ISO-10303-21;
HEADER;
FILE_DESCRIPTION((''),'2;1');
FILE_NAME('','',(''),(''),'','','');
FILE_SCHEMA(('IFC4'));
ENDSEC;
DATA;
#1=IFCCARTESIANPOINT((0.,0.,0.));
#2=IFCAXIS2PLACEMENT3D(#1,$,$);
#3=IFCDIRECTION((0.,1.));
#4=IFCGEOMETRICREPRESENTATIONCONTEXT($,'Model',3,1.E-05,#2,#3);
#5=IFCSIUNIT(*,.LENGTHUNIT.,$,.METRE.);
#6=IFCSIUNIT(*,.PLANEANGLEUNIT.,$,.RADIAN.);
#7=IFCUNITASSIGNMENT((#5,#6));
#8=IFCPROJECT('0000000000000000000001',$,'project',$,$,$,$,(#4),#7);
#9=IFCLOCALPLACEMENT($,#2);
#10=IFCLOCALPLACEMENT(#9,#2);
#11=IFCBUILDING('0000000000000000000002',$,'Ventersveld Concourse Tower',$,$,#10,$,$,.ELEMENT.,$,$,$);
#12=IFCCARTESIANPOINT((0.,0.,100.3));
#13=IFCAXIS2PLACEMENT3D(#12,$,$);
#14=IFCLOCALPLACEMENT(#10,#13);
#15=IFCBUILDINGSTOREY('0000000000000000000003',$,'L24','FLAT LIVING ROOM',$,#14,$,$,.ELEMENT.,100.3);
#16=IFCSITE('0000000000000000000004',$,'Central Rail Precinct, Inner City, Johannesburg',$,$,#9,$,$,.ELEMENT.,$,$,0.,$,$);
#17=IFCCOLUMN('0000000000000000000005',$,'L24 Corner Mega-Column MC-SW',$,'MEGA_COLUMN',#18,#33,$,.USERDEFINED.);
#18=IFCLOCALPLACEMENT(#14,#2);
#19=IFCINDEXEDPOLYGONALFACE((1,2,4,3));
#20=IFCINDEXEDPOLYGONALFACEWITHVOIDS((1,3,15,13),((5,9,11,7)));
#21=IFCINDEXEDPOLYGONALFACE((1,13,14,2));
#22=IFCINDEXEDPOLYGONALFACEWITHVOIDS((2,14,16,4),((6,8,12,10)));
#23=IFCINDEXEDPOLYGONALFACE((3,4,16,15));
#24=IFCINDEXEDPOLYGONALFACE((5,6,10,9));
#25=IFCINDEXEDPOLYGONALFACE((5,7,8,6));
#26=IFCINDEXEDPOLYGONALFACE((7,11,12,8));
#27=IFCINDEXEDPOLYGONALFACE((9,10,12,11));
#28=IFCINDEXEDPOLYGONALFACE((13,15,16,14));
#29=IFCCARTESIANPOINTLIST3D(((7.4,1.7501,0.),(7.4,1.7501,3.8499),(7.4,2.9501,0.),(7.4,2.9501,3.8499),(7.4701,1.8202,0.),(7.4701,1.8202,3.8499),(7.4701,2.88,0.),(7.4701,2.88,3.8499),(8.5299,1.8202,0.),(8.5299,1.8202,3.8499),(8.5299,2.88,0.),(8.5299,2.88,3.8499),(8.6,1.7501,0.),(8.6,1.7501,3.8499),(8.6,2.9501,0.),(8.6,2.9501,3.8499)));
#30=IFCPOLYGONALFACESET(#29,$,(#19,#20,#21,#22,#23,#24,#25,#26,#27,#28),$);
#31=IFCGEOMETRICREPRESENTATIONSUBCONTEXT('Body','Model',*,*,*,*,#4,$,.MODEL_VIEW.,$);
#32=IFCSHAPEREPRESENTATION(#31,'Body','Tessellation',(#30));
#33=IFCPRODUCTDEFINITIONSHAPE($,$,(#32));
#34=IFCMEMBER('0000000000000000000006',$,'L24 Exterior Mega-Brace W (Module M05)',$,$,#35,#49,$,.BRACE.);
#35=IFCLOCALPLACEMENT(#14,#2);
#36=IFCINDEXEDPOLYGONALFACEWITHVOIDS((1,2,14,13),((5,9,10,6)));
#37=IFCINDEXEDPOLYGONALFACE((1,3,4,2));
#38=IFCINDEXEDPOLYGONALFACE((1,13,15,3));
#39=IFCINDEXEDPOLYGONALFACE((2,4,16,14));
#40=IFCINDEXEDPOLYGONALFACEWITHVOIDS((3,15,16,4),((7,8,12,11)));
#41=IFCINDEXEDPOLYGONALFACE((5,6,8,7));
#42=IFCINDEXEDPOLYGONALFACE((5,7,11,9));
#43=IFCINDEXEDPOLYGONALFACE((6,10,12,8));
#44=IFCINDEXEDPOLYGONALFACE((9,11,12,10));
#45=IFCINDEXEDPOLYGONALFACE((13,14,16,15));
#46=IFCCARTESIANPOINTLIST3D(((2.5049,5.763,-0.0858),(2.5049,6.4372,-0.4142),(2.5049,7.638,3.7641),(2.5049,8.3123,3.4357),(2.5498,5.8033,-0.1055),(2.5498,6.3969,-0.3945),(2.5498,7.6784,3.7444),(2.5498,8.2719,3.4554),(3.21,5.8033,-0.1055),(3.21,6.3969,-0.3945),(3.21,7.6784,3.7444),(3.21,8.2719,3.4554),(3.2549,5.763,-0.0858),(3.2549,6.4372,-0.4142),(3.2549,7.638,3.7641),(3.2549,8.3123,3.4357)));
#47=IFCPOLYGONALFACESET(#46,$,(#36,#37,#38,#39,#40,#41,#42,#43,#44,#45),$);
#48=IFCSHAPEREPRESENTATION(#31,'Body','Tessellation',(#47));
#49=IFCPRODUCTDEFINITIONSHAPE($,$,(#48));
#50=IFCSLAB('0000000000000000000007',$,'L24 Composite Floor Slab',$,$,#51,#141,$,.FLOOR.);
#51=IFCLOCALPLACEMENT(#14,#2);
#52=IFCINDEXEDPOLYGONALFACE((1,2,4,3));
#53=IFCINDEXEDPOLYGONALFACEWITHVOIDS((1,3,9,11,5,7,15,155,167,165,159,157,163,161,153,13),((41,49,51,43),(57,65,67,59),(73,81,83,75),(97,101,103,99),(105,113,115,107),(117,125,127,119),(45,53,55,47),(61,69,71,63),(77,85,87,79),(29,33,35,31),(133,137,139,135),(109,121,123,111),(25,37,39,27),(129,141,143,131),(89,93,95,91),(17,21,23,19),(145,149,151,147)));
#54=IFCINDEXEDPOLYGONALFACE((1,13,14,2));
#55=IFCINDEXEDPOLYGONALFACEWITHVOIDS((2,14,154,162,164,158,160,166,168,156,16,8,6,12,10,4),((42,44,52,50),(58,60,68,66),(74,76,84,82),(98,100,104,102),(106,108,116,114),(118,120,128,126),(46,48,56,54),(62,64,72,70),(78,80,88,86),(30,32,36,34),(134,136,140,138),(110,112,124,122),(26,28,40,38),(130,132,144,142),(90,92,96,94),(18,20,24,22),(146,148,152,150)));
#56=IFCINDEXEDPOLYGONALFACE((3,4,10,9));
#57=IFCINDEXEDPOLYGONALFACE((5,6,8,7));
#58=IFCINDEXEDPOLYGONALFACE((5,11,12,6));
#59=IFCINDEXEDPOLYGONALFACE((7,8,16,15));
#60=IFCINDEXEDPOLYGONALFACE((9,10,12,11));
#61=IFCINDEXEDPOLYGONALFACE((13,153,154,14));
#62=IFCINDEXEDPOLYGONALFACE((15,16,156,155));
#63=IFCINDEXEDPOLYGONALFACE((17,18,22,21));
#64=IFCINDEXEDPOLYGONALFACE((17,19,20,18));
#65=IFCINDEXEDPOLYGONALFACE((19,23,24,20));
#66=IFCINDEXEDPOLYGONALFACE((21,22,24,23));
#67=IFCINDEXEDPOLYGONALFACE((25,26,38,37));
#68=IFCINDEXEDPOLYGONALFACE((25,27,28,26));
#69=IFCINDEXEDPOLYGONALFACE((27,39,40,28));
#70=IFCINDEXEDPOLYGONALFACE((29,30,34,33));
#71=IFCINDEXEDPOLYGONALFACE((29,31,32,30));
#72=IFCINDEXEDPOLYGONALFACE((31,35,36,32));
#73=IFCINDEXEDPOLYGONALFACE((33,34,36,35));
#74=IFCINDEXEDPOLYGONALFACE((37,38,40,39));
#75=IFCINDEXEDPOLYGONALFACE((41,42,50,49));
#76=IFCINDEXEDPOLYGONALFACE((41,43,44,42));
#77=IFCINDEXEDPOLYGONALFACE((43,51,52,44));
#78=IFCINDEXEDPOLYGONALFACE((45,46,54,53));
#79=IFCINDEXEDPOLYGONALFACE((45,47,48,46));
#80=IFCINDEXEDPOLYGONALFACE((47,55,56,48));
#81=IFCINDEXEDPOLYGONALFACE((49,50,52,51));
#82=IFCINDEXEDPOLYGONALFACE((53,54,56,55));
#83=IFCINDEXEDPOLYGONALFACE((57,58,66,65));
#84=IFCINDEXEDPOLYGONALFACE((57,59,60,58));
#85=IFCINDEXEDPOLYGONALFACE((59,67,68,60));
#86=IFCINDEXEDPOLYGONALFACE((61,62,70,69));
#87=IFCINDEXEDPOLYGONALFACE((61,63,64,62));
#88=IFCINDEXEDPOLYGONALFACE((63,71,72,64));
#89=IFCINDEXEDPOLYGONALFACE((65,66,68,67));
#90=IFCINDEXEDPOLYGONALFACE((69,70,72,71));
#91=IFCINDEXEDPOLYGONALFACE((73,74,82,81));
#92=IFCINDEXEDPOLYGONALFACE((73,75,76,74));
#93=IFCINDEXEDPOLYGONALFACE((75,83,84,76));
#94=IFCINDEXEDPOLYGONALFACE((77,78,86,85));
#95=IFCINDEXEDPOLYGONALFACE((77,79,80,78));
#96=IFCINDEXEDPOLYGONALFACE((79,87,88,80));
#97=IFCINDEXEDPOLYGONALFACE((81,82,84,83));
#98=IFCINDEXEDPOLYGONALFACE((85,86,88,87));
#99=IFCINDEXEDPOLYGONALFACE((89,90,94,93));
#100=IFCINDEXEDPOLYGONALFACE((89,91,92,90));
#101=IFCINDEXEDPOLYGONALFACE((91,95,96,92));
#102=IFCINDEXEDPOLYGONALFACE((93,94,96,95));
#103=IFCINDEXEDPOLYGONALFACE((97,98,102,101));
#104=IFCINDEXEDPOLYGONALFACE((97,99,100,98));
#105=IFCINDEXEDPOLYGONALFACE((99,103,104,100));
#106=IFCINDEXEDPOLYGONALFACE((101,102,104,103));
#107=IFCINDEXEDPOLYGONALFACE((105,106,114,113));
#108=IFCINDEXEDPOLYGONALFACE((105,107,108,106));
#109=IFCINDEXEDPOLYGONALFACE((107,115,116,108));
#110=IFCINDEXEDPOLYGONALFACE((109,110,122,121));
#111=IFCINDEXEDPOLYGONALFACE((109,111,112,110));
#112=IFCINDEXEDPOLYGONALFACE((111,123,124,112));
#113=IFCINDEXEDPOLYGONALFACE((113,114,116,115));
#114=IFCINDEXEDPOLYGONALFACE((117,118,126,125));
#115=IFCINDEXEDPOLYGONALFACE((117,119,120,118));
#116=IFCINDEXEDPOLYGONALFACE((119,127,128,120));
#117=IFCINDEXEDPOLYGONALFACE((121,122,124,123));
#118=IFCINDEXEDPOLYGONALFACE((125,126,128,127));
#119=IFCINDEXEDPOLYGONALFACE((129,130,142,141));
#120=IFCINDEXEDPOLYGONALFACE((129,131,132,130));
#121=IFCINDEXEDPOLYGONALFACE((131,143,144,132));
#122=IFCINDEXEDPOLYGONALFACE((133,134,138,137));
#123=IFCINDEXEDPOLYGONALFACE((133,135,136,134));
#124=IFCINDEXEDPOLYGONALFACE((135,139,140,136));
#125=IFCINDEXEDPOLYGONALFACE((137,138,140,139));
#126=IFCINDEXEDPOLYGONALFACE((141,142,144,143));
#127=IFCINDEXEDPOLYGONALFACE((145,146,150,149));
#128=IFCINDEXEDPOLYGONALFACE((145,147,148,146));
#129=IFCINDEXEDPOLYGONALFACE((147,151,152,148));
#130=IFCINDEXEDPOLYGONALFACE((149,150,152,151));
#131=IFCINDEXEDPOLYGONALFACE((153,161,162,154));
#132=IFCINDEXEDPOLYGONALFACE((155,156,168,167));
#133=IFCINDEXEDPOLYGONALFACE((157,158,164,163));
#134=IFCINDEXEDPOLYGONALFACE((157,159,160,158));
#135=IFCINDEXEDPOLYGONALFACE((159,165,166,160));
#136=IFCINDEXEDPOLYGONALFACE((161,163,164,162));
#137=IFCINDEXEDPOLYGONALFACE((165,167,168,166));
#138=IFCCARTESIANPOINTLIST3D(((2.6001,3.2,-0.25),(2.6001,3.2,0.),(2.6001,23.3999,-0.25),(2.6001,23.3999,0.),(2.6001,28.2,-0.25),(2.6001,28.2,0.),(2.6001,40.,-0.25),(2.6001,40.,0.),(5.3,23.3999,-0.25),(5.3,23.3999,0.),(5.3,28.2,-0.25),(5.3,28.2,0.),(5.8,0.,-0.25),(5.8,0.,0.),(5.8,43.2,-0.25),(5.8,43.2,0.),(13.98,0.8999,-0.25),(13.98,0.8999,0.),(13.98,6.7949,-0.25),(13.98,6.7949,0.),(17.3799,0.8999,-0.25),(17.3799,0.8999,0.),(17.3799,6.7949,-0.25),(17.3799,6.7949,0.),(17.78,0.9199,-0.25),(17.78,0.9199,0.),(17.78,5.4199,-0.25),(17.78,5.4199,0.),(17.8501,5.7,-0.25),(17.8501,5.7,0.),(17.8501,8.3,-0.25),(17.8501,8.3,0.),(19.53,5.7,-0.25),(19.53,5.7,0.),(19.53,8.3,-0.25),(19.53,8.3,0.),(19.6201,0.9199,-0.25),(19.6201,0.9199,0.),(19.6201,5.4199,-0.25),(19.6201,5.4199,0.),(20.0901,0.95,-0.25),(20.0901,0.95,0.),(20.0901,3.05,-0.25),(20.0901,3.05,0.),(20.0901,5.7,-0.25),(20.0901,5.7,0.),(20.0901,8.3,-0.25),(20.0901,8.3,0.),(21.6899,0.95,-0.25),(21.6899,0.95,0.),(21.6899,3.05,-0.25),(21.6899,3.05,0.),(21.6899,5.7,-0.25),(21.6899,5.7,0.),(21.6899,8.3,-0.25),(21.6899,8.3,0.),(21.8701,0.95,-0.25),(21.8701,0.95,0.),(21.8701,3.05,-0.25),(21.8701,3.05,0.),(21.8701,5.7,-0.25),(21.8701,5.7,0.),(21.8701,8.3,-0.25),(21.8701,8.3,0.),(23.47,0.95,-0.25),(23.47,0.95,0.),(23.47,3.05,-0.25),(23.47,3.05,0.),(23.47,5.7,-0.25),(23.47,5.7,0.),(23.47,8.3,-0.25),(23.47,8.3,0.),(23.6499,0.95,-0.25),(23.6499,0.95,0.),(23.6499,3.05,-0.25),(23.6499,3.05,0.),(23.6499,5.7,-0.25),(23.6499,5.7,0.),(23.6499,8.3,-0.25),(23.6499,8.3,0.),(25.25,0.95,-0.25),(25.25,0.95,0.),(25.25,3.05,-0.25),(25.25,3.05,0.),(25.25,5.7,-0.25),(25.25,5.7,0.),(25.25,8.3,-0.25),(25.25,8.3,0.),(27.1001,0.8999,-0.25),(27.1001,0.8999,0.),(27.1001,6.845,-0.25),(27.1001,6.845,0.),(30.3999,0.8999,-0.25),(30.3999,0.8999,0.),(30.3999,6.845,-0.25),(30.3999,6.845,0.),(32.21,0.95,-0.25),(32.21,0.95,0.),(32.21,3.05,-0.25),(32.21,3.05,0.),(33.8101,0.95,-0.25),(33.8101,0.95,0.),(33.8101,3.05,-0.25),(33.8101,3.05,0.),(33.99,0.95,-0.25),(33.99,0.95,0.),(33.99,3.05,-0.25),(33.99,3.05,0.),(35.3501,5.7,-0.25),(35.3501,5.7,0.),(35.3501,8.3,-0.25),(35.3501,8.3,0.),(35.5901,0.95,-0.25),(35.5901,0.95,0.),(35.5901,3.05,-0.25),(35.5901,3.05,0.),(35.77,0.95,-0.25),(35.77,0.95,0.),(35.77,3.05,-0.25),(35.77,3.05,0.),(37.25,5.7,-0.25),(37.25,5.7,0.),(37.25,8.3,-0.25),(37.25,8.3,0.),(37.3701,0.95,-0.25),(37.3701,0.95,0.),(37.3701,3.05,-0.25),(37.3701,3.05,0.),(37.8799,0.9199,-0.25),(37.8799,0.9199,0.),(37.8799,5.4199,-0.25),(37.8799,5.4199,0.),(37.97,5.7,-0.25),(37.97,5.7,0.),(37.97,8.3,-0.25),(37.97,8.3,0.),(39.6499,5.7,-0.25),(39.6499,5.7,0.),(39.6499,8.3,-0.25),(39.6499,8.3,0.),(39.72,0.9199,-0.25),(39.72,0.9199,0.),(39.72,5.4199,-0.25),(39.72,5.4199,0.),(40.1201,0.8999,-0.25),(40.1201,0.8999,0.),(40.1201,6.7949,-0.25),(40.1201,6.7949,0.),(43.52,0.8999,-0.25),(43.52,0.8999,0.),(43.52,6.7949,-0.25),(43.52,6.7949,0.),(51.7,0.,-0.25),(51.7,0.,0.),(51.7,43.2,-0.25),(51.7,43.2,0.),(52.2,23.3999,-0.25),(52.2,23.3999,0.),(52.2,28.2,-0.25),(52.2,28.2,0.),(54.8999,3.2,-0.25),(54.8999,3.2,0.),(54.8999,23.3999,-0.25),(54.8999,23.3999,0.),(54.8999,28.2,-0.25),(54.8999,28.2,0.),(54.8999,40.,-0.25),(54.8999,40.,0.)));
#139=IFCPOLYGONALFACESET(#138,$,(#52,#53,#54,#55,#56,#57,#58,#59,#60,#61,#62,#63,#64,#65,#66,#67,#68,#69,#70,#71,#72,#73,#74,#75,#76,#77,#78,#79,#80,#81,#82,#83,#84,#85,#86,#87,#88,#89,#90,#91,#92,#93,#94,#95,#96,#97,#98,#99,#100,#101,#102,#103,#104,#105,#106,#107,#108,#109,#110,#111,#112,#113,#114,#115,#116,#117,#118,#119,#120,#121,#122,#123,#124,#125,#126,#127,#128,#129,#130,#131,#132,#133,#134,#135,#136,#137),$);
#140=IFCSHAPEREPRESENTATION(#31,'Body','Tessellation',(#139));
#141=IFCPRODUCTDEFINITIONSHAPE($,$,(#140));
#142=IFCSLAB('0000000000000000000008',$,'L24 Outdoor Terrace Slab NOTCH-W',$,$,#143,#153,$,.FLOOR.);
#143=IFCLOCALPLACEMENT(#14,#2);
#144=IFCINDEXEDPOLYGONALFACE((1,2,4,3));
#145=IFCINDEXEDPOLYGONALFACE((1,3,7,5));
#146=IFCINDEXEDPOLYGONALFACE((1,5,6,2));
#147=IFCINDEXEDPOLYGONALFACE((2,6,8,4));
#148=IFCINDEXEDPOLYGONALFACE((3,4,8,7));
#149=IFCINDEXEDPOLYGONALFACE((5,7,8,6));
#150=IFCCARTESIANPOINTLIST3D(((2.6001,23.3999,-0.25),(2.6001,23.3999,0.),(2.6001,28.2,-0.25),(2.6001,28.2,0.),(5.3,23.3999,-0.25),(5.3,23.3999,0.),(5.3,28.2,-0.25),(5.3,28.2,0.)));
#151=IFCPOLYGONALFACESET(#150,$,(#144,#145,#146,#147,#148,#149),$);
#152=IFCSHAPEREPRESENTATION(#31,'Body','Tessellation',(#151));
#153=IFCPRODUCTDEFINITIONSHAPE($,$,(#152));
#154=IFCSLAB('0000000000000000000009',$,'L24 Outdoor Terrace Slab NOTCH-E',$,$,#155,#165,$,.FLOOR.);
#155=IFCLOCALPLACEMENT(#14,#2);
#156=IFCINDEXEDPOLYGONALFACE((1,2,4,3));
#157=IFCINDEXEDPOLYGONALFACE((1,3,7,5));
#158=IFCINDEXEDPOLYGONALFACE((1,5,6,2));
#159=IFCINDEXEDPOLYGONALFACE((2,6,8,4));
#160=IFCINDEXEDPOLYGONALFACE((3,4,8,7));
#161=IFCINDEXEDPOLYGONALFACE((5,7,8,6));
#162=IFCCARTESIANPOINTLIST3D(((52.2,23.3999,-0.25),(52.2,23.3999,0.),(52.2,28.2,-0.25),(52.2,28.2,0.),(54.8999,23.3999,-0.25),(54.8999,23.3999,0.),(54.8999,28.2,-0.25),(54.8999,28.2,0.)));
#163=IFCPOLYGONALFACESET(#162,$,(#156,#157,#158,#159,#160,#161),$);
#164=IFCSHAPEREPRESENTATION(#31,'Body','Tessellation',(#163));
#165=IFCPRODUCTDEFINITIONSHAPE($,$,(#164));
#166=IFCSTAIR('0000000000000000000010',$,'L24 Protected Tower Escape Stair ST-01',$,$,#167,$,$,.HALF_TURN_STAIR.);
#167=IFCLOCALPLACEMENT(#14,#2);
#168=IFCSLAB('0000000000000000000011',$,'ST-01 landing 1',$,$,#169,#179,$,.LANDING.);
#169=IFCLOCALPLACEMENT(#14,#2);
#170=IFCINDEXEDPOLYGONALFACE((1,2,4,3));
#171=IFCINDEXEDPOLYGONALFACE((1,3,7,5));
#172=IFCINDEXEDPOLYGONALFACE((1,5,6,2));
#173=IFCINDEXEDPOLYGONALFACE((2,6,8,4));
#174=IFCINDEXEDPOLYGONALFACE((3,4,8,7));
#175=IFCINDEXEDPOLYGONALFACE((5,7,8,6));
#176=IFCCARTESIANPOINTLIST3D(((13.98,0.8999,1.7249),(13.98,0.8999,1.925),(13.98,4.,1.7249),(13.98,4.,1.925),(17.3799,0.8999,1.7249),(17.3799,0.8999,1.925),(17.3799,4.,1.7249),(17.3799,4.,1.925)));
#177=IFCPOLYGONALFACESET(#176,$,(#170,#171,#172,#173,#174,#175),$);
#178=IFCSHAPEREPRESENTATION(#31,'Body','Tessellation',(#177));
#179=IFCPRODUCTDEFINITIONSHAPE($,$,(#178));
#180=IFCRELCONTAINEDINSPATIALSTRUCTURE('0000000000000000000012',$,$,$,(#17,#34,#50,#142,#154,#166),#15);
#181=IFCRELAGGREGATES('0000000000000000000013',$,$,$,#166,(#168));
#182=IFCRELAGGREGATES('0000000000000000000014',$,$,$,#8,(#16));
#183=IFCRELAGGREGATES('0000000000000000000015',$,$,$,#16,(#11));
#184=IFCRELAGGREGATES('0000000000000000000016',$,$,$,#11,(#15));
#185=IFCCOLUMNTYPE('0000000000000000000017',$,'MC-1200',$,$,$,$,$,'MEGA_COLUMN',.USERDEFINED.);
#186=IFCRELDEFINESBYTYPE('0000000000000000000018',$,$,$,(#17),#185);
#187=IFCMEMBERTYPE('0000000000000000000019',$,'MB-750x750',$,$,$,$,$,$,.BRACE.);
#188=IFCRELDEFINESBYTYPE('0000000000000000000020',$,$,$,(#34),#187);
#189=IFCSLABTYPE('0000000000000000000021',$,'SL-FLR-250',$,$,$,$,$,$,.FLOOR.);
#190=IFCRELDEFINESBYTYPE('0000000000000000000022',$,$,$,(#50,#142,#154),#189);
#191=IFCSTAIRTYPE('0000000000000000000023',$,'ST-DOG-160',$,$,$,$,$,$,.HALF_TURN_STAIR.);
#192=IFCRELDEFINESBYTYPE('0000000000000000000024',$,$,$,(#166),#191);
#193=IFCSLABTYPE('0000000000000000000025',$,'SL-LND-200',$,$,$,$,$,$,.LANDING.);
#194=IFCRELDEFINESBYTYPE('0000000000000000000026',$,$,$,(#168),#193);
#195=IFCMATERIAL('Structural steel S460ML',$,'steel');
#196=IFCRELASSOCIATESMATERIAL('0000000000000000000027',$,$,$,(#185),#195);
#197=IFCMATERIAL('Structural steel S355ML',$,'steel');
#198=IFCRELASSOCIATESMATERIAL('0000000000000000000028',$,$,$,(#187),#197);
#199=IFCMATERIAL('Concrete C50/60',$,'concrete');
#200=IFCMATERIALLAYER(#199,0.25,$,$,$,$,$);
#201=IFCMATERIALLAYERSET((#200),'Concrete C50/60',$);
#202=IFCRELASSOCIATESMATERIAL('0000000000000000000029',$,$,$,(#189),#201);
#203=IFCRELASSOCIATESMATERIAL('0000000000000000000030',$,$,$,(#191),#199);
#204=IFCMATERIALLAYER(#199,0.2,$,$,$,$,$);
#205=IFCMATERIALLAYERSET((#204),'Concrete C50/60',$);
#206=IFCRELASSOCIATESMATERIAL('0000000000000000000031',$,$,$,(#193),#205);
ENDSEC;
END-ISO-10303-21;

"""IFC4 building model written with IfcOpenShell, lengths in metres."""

from ifc_helpers import new_model, si_unit, direction, frame, origin, origin_2d, place, context, subcontext, project, spatial, polyline, hollow_rectangle, outline, extrude, material, layer, layer_set, material_profile, profile_set, type_object, element, aggregate, save


model = new_model("IFC4")

# Units and contexts
model_context = context("Model", 3, precision=1e-05, world=origin(), true_north=direction((0.0, 1.0)))
body_context = subcontext(model_context, "Body", "Model", "MODEL_VIEW")
ifc_project = project(units=[si_unit("LENGTHUNIT", "METRE"), si_unit("PLANEANGLEUNIT", "RADIAN")], contexts=[model_context])

# Site, building, storey
site_placement = place(None, origin())
site = spatial("IfcSite", under=ifc_project, at=site_placement, Name="Central Rail Precinct, Inner City, Johannesburg", CompositionType="ELEMENT", RefElevation=0.0)
building_placement = place(site_placement, origin())
building = spatial("IfcBuilding", under=site, at=building_placement, Name="Ventersveld Concourse Tower", CompositionType="ELEMENT")
storey_placement = place(building_placement, frame((0.0, 0.0, 100.3)))
storey = spatial("IfcBuildingStorey", under=building, at=storey_placement, Name="L24", Description="FLAT LIVING ROOM", CompositionType="ELEMENT", Elevation=100.3)

# Column
ifc_material_1 = material(Name="Structural steel S460ML", Category="steel")
ifc_material_profile_1 = material_profile(ifc_material_1, hollow_rectangle(XDim=1.2, YDim=1.2, WallThickness=0.0701, at=origin_2d()), Name="BOX 1200x1200x70")
ifc_profile_set_1 = profile_set([ifc_material_profile_1], Name="Structural steel S460ML")
column_type = type_object("IfcColumnType", Name="MC-1200", ElementType="MEGA_COLUMN", PredefinedType="USERDEFINED", material=ifc_profile_set_1)
column_placement = place(storey_placement, frame((8.0, 2.3501, 0.0), z_axis=(0.0, 0.0, 1.0), x_axis=(1.0, 0.0, 0.0)))
element("IfcColumn", 1, at=column_placement, inside=storey, type_object=column_type, Name="L24 Corner Mega-Column MC-SW", ObjectType="MEGA_COLUMN", PredefinedType="USERDEFINED", context=body_context, shape_type="SweptSolid", body=[
    extrude(hollow_rectangle(XDim=1.2, YDim=1.2, WallThickness=0.0701, at=origin_2d()), origin(), (0.0, 0.0, 1.0), 3.8499),
])

# Member
ifc_material_2 = material(Name="Structural steel S355ML", Category="steel")
ifc_material_profile_2 = material_profile(ifc_material_2, hollow_rectangle(XDim=0.75, YDim=0.75, WallThickness=0.0449, at=origin_2d()), Name="BOX 750x750x45")
ifc_profile_set_2 = profile_set([ifc_material_profile_2], Name="Structural steel S355ML")
member_type = type_object("IfcMemberType", Name="MB-750x750", PredefinedType="BRACE", material=ifc_profile_set_2)
member_placement = place(storey_placement, frame((2.8799, 6.1001, -0.25), z_axis=(0.0, 0.437862, 0.899042), x_axis=(-1.0, 0.0, 0.0)))
element("IfcMember", 2, at=member_placement, inside=storey, type_object=member_type, Name="L24 Exterior Mega-Brace W (Module M05)", PredefinedType="BRACE", context=body_context, shape_type="SweptSolid", body=[
    extrude(hollow_rectangle(XDim=0.75, YDim=0.75, WallThickness=0.0449, at=origin_2d()), origin(), (0.0, 0.0, 1.0), 4.2822),
])

# Slabs
ifc_material_3 = material(Name="Concrete C50/60", Category="concrete")
ifc_layer_1 = layer(ifc_material_3, 0.25)
ifc_layer_set_1 = layer_set([ifc_layer_1], Name="Concrete C50/60")
slab_type_1 = type_object("IfcSlabType", Name="SL-FLR-250", PredefinedType="FLOOR", material=ifc_layer_set_1)
slab_1_placement = place(storey_placement, frame((0.0, 0.0, -0.25)))
element("IfcSlab", 3, at=slab_1_placement, inside=storey, type_object=slab_type_1, Name="L24 Composite Floor Slab", PredefinedType="FLOOR", context=body_context, shape_type="SweptSolid", body=[
    extrude(outline(polyline([(5.8, 0.0), (51.7, 0.0), (54.8999, 3.2), (54.8999, 23.3999), (52.2, 23.3999), (52.2, 28.2), (54.8999, 28.2), (54.8999, 40.0), (51.7, 43.2), (5.8, 43.2), (2.6001, 40.0), (2.6001, 28.2), (5.3, 28.2), (5.3, 23.3999), (2.6001, 23.3999), (2.6001, 3.2), (5.8, 0.0)]), holes=[polyline([(13.98, 6.7949), (13.98, 0.8999), (17.3799, 0.8999), (17.3799, 6.7949), (13.98, 6.7949)]), polyline([(40.1201, 6.7949), (40.1201, 0.8999), (43.52, 0.8999), (43.52, 6.7949), (40.1201, 6.7949)]), polyline([(27.1001, 6.845), (27.1001, 0.8999), (30.3999, 0.8999), (30.3999, 6.845), (27.1001, 6.845)]), polyline([(17.8501, 5.7), (19.53, 5.7), (19.53, 8.3), (17.8501, 8.3), (17.8501, 5.7)]), polyline([(37.97, 5.7), (39.6499, 5.7), (39.6499, 8.3), (37.97, 8.3), (37.97, 5.7)]), polyline([(35.3501, 5.7), (37.25, 5.7), (37.25, 8.3), (35.3501, 8.3), (35.3501, 5.7)]), polyline([(20.0901, 0.95), (21.6899, 0.95), (21.6899, 3.05), (20.0901, 3.05), (20.0901, 0.95)]), polyline([(21.8701, 0.95), (23.47, 0.95), (23.47, 3.05), (21.8701, 3.05), (21.8701, 0.95)]), polyline([(23.6499, 0.95), (25.25, 0.95), (25.25, 3.05), (23.6499, 3.05), (23.6499, 0.95)]), polyline([(32.21, 0.95), (33.8101, 0.95), (33.8101, 3.05), (32.21, 3.05), (32.21, 0.95)]), polyline([(33.99, 0.95), (35.5901, 0.95), (35.5901, 3.05), (33.99, 3.05), (33.99, 0.95)]), polyline([(35.77, 0.95), (37.3701, 0.95), (37.3701, 3.05), (35.77, 3.05), (35.77, 0.95)]), polyline([(20.0901, 5.7), (21.6899, 5.7), (21.6899, 8.3), (20.0901, 8.3), (20.0901, 5.7)]), polyline([(21.8701, 5.7), (23.47, 5.7), (23.47, 8.3), (21.8701, 8.3), (21.8701, 5.7)]), polyline([(23.6499, 5.7), (25.25, 5.7), (25.25, 8.3), (23.6499, 8.3), (23.6499, 5.7)]), polyline([(17.78, 0.9199), (19.6201, 0.9199), (19.6201, 5.4199), (17.78, 5.4199), (17.78, 0.9199)]), polyline([(37.8799, 0.9199), (39.72, 0.9199), (39.72, 5.4199), (37.8799, 5.4199), (37.8799, 0.9199)])]), origin(), (0.0, 0.0, 1.0), 0.25),
])
slab_2_placement = place(storey_placement, frame((0.0, 0.0, -0.25)))
element("IfcSlab", 4, at=slab_2_placement, inside=storey, type_object=slab_type_1, Name="L24 Outdoor Terrace Slab NOTCH-W", PredefinedType="FLOOR", context=body_context, shape_type="SweptSolid", body=[
    extrude(outline(polyline([(2.6001, 23.3999), (5.3, 23.3999), (5.3, 28.2), (2.6001, 28.2), (2.6001, 23.3999)])), origin(), (0.0, 0.0, 1.0), 0.25),
])
slab_3_placement = place(storey_placement, frame((0.0, 0.0, -0.25)))
element("IfcSlab", 5, at=slab_3_placement, inside=storey, type_object=slab_type_1, Name="L24 Outdoor Terrace Slab NOTCH-E", PredefinedType="FLOOR", context=body_context, shape_type="SweptSolid", body=[
    extrude(outline(polyline([(52.2, 23.3999), (54.8999, 23.3999), (54.8999, 28.2), (52.2, 28.2), (52.2, 23.3999)])), origin(), (0.0, 0.0, 1.0), 0.25),
])

# Stair, slab
stair_type_1 = type_object("IfcStairType", Name="ST-DOG-160", PredefinedType="HALF_TURN_STAIR", material=ifc_material_3)
stair_1_placement = place(storey_placement, origin())
stair_1 = element("IfcStair", 6, at=stair_1_placement, inside=storey, type_object=stair_type_1, Name="L24 Protected Tower Escape Stair ST-01", PredefinedType="HALF_TURN_STAIR")
ifc_layer_2 = layer(ifc_material_3, 0.2)
ifc_layer_set_2 = layer_set([ifc_layer_2], Name="Concrete C50/60")
slab_type_2 = type_object("IfcSlabType", Name="SL-LND-200", PredefinedType="LANDING", material=ifc_layer_set_2)
slab_4_placement = place(storey_placement, frame((0.0, 0.0, 1.7249)))
slab_4 = element("IfcSlab", 7, at=slab_4_placement, type_object=slab_type_2, Name="ST-01 landing 1", PredefinedType="LANDING", context=body_context, shape_type="SweptSolid", body=[
    extrude(outline(polyline([(13.98, 4.0), (13.98, 0.8999), (17.3799, 0.8999), (17.3799, 4.0), (13.98, 4.0)])), origin(), (0.0, 0.0, 1.0), 0.2002),
])
aggregate(stair_1, [slab_4])

save(model, "model.ifc")
